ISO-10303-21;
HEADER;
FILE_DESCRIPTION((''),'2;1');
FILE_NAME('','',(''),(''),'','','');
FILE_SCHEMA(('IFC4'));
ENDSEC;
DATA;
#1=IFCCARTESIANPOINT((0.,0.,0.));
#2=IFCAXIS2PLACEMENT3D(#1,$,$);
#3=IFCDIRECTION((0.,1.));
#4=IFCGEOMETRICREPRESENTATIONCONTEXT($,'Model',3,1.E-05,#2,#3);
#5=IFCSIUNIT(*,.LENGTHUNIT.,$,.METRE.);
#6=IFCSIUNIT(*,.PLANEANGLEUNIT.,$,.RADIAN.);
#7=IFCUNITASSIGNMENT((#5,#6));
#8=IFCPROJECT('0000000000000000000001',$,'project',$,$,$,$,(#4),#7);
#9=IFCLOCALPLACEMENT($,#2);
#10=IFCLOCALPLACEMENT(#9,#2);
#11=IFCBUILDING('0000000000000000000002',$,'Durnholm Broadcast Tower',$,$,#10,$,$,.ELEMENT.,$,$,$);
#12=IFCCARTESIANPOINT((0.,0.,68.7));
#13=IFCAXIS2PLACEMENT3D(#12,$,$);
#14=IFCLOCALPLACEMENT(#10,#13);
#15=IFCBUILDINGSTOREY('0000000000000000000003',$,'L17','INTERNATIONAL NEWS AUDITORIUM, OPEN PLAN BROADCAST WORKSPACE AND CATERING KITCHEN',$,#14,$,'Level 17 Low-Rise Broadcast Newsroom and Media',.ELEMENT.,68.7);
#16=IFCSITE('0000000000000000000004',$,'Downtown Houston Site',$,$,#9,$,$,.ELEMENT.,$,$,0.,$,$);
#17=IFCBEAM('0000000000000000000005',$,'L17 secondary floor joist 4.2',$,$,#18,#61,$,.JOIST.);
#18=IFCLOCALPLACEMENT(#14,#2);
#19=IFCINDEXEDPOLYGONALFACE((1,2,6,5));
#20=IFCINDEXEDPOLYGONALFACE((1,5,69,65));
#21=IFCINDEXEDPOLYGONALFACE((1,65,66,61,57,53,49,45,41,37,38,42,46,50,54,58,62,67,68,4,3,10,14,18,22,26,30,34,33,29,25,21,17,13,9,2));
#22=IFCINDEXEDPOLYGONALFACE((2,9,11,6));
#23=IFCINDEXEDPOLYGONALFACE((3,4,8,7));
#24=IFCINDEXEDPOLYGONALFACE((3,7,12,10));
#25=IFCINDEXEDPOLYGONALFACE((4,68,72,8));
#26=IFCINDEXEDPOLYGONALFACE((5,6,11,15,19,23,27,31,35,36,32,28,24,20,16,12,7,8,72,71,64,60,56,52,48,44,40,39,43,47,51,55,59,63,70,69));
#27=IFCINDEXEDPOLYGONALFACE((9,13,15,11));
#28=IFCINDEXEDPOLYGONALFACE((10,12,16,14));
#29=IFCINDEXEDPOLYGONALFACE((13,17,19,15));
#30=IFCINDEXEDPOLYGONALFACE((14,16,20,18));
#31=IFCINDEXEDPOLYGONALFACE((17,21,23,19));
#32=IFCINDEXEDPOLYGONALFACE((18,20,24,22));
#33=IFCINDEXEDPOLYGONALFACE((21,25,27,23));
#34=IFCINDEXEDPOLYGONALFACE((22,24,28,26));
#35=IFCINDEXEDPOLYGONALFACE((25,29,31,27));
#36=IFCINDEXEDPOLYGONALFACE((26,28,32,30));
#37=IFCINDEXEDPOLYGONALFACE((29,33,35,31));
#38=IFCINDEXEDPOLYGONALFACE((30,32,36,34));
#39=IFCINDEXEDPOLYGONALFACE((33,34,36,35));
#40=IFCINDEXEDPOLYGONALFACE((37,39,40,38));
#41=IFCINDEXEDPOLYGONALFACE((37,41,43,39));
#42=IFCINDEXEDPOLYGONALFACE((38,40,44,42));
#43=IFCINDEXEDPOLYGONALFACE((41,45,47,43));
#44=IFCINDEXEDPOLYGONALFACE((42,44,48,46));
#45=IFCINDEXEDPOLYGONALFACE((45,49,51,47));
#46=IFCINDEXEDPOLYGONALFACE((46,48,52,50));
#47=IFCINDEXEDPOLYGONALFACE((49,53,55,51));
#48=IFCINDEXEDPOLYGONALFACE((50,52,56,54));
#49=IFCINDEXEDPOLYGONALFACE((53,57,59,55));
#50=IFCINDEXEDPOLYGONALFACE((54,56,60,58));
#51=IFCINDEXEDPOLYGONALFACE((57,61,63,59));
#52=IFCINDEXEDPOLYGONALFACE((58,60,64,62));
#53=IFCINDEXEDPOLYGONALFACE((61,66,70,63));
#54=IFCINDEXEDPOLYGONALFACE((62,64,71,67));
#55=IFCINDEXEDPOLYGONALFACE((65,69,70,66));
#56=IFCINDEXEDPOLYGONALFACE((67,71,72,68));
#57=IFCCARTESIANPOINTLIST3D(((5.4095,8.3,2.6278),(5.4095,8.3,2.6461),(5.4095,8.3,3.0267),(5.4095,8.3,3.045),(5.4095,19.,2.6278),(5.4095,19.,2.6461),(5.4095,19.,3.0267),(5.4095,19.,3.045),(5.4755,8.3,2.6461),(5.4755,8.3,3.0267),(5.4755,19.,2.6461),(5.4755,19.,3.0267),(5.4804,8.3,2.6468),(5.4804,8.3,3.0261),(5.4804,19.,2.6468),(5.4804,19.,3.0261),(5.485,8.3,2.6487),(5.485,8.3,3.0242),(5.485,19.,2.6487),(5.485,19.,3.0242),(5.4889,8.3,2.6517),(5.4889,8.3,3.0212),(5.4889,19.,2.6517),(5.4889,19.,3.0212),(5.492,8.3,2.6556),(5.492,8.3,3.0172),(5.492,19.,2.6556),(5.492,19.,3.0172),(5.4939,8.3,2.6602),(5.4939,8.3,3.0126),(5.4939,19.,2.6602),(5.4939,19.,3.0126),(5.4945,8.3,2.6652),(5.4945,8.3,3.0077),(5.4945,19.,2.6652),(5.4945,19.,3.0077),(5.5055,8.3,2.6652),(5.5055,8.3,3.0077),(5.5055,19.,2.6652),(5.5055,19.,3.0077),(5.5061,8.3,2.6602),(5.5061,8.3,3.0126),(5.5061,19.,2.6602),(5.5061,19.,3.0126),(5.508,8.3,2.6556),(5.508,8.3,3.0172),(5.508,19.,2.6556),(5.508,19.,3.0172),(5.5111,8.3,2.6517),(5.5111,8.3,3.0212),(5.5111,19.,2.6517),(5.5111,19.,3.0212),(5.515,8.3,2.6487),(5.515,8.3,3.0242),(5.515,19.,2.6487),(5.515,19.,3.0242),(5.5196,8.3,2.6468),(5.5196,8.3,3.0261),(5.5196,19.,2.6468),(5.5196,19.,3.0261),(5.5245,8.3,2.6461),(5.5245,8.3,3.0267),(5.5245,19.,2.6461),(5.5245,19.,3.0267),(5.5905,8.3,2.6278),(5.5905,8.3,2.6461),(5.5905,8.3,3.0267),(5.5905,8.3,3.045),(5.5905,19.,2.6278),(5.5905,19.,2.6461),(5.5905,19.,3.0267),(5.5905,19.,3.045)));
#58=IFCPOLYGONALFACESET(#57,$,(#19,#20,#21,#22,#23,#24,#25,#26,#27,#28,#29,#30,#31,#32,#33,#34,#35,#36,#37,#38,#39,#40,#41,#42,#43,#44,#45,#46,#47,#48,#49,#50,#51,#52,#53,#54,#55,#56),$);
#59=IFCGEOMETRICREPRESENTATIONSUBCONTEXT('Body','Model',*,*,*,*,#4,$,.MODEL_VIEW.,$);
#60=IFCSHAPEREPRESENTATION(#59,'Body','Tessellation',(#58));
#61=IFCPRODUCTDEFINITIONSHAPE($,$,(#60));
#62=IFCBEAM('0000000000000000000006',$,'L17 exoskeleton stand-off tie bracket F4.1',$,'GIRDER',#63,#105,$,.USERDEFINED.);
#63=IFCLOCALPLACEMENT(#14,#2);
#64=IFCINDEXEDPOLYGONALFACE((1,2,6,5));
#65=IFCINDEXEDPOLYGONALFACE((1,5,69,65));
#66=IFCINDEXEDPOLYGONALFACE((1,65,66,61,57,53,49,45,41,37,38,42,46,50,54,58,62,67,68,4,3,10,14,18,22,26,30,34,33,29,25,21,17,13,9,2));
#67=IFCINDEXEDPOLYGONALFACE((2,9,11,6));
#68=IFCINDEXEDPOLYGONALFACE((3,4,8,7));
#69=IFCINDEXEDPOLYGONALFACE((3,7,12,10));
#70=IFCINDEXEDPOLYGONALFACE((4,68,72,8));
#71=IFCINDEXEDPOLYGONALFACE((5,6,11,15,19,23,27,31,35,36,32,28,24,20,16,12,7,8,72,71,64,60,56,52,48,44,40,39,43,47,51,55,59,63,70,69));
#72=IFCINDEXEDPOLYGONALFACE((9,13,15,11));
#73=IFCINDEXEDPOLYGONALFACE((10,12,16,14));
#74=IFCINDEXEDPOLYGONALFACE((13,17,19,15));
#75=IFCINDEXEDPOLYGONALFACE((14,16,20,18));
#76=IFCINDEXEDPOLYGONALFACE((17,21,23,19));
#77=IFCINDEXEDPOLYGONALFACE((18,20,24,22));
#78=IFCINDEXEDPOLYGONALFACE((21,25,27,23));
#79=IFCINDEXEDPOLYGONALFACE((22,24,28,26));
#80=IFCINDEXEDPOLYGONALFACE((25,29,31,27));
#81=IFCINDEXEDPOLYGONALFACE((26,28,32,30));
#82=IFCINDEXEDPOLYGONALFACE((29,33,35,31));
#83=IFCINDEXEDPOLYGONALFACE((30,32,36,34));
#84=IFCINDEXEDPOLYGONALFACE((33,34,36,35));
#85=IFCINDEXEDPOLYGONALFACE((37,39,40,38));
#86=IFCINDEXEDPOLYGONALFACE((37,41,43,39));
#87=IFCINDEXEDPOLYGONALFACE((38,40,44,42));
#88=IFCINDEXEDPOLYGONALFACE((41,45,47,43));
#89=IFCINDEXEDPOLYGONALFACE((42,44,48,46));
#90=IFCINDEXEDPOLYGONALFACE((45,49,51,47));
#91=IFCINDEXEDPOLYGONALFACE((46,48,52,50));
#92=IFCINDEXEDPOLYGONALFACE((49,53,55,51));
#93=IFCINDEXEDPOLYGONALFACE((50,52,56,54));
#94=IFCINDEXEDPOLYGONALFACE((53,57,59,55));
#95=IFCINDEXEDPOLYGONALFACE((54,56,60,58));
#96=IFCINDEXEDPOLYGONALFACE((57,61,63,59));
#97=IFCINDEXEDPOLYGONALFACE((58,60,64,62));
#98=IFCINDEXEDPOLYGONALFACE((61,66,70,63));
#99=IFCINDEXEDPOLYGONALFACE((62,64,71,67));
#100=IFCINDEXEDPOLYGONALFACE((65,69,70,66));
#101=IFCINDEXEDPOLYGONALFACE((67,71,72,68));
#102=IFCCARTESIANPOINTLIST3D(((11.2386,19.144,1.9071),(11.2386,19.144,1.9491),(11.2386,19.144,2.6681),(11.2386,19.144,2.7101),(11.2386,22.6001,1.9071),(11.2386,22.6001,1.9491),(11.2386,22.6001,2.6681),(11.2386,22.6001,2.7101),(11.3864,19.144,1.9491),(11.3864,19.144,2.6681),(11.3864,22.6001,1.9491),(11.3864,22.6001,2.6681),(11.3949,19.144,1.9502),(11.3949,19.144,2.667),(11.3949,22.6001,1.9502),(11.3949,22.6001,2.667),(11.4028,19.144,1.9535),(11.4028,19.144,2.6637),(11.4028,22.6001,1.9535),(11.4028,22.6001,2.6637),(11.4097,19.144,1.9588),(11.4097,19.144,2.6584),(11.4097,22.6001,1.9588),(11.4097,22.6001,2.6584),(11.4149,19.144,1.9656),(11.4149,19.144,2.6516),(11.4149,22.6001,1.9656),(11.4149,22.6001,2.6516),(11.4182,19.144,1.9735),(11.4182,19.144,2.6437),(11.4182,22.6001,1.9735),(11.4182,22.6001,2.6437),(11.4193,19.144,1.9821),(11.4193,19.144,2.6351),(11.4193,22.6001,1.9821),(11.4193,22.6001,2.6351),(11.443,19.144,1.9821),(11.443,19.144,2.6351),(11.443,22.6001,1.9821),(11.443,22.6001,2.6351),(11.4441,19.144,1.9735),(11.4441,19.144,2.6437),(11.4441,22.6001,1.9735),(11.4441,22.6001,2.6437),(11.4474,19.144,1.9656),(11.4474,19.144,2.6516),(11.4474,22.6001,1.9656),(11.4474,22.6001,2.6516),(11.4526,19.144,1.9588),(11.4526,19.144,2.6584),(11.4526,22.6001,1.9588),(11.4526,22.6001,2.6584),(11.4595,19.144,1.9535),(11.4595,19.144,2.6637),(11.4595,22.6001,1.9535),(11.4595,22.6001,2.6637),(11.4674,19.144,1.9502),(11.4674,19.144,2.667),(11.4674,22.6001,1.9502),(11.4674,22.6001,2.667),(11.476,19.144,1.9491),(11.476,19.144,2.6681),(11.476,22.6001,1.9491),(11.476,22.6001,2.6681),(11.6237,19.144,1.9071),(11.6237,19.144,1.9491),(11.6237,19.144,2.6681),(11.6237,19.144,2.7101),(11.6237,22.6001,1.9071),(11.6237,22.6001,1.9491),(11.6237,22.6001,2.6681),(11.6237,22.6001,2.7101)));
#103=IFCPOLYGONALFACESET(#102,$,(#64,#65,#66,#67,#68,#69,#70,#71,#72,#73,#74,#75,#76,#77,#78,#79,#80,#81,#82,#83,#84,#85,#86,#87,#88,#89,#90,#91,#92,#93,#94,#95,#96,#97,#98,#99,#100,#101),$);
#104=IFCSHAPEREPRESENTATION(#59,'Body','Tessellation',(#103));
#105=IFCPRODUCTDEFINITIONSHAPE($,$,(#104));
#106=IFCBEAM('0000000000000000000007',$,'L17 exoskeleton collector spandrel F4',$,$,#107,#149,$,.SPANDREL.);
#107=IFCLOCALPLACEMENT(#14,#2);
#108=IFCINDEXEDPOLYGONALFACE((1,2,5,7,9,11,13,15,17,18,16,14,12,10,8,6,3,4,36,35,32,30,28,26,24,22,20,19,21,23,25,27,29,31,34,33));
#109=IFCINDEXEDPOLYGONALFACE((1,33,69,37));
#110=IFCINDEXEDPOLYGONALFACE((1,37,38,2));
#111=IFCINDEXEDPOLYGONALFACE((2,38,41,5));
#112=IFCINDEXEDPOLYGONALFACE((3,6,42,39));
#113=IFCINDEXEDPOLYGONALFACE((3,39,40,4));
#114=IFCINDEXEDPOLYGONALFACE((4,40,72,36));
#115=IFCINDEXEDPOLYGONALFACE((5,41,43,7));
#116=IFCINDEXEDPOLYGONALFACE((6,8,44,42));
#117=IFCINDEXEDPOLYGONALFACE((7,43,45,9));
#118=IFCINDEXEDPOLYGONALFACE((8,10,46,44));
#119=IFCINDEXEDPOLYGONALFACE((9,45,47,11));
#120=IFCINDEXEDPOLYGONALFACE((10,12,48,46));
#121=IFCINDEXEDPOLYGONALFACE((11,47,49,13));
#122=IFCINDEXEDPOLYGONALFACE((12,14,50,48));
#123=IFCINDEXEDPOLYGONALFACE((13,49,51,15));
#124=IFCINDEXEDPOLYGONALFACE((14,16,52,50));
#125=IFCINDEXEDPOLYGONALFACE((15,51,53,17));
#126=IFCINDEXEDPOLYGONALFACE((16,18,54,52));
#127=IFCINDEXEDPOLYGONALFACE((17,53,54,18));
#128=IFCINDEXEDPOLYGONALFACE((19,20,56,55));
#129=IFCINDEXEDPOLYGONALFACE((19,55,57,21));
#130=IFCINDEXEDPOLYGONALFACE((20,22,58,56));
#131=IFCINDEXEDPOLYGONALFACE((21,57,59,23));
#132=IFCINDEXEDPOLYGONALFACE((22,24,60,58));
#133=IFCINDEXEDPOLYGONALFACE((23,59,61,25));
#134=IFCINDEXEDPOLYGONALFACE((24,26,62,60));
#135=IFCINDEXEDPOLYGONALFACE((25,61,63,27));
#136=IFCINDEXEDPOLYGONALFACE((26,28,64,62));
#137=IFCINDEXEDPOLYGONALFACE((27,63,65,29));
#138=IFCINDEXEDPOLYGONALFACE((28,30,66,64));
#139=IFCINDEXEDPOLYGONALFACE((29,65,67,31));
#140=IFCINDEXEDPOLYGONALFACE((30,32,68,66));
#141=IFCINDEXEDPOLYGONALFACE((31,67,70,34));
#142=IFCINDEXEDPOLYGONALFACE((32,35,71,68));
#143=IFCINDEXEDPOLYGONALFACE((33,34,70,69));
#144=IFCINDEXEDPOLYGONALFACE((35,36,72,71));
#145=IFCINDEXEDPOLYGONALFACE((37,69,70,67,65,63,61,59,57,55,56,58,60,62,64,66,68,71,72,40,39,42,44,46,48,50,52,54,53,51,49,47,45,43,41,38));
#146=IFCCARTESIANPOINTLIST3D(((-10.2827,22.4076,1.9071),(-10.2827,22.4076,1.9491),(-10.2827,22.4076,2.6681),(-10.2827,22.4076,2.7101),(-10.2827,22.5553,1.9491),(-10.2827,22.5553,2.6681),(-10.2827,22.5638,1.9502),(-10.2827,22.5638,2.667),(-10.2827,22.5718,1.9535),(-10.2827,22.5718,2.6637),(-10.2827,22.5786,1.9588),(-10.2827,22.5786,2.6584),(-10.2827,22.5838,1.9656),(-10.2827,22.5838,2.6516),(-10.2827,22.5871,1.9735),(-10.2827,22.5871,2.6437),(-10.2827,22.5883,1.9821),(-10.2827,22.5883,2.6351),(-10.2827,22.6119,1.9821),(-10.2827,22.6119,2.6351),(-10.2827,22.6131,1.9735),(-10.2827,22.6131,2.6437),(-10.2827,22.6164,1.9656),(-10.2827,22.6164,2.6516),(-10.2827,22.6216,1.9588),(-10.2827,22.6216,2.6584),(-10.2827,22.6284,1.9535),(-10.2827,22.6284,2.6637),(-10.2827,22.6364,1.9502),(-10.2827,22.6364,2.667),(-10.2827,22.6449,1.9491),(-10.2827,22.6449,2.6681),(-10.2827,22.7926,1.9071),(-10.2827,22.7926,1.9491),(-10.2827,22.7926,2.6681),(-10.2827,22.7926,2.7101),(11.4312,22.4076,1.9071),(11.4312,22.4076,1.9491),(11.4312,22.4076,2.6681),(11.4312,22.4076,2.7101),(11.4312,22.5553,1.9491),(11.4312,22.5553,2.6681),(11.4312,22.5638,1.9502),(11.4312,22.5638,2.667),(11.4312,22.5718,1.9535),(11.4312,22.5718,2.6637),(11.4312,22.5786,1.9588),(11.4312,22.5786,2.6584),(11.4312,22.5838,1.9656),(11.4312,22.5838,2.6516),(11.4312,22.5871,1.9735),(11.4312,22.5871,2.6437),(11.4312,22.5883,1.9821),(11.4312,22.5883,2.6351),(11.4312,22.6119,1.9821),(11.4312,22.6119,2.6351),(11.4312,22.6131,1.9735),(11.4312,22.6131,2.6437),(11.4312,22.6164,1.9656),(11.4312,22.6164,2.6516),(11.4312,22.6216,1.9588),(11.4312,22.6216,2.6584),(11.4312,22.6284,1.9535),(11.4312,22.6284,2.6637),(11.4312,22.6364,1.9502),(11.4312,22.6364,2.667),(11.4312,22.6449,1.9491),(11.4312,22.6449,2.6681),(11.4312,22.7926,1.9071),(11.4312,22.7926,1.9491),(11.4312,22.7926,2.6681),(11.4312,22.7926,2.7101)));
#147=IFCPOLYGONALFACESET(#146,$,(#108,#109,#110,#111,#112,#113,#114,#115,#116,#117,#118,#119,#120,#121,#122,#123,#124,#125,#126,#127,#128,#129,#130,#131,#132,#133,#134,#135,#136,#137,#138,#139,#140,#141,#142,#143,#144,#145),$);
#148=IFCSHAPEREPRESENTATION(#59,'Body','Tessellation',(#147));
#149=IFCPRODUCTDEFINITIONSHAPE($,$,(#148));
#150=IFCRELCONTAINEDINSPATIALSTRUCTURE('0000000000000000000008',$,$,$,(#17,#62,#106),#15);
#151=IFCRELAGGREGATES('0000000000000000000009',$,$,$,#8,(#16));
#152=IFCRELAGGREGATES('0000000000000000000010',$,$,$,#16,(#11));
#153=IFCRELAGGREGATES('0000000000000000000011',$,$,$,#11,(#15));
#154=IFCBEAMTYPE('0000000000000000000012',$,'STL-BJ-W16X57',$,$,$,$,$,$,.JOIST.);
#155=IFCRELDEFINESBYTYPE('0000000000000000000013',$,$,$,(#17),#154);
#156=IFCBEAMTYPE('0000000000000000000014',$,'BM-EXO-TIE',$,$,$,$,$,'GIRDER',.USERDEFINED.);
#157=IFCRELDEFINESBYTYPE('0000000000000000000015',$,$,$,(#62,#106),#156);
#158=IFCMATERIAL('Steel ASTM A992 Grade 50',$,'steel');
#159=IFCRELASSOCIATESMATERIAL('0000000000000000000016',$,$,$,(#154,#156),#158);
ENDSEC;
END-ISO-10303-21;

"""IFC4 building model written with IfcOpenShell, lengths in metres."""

from ifc_helpers import new_model, si_unit, direction, frame, origin, origin_2d, place, context, subcontext, project, spatial, i_section, extrude, source, transform, mapped, material, material_profile, profile_set, type_object, type_shapes, element, save


model = new_model("IFC4")

# Units and contexts
model_context = context("Model", 3, precision=1e-05, world=origin(), true_north=direction((0.0, 1.0)))
body_context = subcontext(model_context, "Body", "Model", "MODEL_VIEW")
ifc_project = project(units=[si_unit("LENGTHUNIT", "METRE"), si_unit("PLANEANGLEUNIT", "RADIAN")], contexts=[model_context])

# Site, building, storey
site_placement = place(None, origin())
site = spatial("IfcSite", under=ifc_project, at=site_placement, Name="Downtown Houston Site", CompositionType="ELEMENT", RefElevation=0.0)
building_placement = place(site_placement, origin())
building = spatial("IfcBuilding", under=site, at=building_placement, Name="Durnholm Broadcast Tower", CompositionType="ELEMENT")
storey_placement = place(building_placement, frame((0.0, 0.0, 68.7)))
storey = spatial("IfcBuildingStorey", under=building, at=storey_placement, Name="L17", Description="INTERNATIONAL NEWS AUDITORIUM, OPEN PLAN BROADCAST WORKSPACE AND CATERING KITCHEN", LongName="Level 17 Low-Rise Broadcast Newsroom and Media", CompositionType="ELEMENT", Elevation=68.7)

# Beams
ifc_material_1 = material(Name="Steel ASTM A992 Grade 50", Category="steel")
ifc_material_profile_1 = material_profile(ifc_material_1, i_section(OverallWidth=0.1809, OverallDepth=0.4172, WebThickness=0.011, FlangeThickness=0.0183, FilletRadius=0.019, at=origin_2d()), Name="W16X57")
ifc_profile_set_1 = profile_set([ifc_material_profile_1], Name="Steel ASTM A992 Grade 50")
beam_type_1 = type_object("IfcBeamType", Name="STL-BJ-W16X57", PredefinedType="JOIST", material=ifc_profile_set_1)
shared_shape_1 = source(origin(), body_context, "Body", "SweptSolid", [
    extrude(i_section(OverallWidth=0.1809, OverallDepth=0.4172, WebThickness=0.011, FlangeThickness=0.0183, FilletRadius=0.019, at=origin_2d()), origin(), (0.0, 0.0, 1.0), 10.7),
])
type_shapes(beam_type_1, [shared_shape_1])
beam_1_placement = place(storey_placement, frame((5.5, 8.3, 2.8364), z_axis=(0.0, 1.0, 0.0), x_axis=(-1.0, 0.0, 0.0)))
element("IfcBeam", 1, at=beam_1_placement, inside=storey, type_object=beam_type_1, Name="L17 secondary floor joist 4.2", PredefinedType="JOIST", context=body_context, shape_type="MappedRepresentation", body=[
    mapped(shared_shape_1, transform((0.0, 0.0, 0.0), x_axis=(1.0, 0.0, 0.0), y_axis=(0.0, 1.0, 0.0), z_axis=(0.0, 0.0, 1.0), scale=1.0)),
])
ifc_material_profile_2 = material_profile(ifc_material_1, i_section(OverallWidth=0.385, OverallDepth=0.803, WebThickness=0.0237, FlangeThickness=0.042, FilletRadius=0.033, at=origin_2d()), Name="W30X261")
ifc_profile_set_2 = profile_set([ifc_material_profile_2], Name="Steel ASTM A992 Grade 50")
beam_type_2 = type_object("IfcBeamType", Name="BM-EXO-TIE", ElementType="GIRDER", PredefinedType="USERDEFINED", material=ifc_profile_set_2)
shared_shape_2 = source(origin(), body_context, "Body", "SweptSolid", [
    extrude(i_section(OverallWidth=0.385, OverallDepth=0.803, WebThickness=0.0237, FlangeThickness=0.042, FilletRadius=0.033, at=origin_2d()), origin(), (0.0, 0.0, 1.0), 3.4561),
])
beam_2_placement = place(storey_placement, frame((11.4312, 19.144, 2.3086), z_axis=(0.0, 1.0, 0.0), x_axis=(-1.0, 0.0, 0.0)))
element("IfcBeam", 2, at=beam_2_placement, inside=storey, type_object=beam_type_2, Name="L17 exoskeleton stand-off tie bracket F4.1", ObjectType="GIRDER", PredefinedType="USERDEFINED", context=body_context, shape_type="MappedRepresentation", body=[
    mapped(shared_shape_2, transform((0.0, 0.0, 0.0), x_axis=(1.0, 0.0, 0.0), y_axis=(0.0, 1.0, 0.0), z_axis=(0.0, 0.0, 1.0), scale=1.0)),
])
shared_shape_3 = source(origin(), body_context, "Body", "SweptSolid", [
    extrude(i_section(OverallWidth=0.385, OverallDepth=0.803, WebThickness=0.0237, FlangeThickness=0.042, FilletRadius=0.033, at=origin_2d()), origin(), (0.0, 0.0, 1.0), 21.7139),
])
type_shapes(beam_type_2, [shared_shape_2, shared_shape_3])
beam_3_placement = place(storey_placement, frame((11.4312, 22.6001, 2.3086), z_axis=(-1.0, 0.0, 0.0), x_axis=(0.0, -1.0, 0.0)))
element("IfcBeam", 3, at=beam_3_placement, inside=storey, type_object=beam_type_2, Name="L17 exoskeleton collector spandrel F4", PredefinedType="SPANDREL", context=body_context, shape_type="MappedRepresentation", body=[
    mapped(shared_shape_3, transform((0.0, 0.0, 0.0), x_axis=(1.0, 0.0, 0.0), y_axis=(0.0, 1.0, 0.0), z_axis=(0.0, 0.0, 1.0), scale=1.0)),
])

save(model, "model.ifc")
